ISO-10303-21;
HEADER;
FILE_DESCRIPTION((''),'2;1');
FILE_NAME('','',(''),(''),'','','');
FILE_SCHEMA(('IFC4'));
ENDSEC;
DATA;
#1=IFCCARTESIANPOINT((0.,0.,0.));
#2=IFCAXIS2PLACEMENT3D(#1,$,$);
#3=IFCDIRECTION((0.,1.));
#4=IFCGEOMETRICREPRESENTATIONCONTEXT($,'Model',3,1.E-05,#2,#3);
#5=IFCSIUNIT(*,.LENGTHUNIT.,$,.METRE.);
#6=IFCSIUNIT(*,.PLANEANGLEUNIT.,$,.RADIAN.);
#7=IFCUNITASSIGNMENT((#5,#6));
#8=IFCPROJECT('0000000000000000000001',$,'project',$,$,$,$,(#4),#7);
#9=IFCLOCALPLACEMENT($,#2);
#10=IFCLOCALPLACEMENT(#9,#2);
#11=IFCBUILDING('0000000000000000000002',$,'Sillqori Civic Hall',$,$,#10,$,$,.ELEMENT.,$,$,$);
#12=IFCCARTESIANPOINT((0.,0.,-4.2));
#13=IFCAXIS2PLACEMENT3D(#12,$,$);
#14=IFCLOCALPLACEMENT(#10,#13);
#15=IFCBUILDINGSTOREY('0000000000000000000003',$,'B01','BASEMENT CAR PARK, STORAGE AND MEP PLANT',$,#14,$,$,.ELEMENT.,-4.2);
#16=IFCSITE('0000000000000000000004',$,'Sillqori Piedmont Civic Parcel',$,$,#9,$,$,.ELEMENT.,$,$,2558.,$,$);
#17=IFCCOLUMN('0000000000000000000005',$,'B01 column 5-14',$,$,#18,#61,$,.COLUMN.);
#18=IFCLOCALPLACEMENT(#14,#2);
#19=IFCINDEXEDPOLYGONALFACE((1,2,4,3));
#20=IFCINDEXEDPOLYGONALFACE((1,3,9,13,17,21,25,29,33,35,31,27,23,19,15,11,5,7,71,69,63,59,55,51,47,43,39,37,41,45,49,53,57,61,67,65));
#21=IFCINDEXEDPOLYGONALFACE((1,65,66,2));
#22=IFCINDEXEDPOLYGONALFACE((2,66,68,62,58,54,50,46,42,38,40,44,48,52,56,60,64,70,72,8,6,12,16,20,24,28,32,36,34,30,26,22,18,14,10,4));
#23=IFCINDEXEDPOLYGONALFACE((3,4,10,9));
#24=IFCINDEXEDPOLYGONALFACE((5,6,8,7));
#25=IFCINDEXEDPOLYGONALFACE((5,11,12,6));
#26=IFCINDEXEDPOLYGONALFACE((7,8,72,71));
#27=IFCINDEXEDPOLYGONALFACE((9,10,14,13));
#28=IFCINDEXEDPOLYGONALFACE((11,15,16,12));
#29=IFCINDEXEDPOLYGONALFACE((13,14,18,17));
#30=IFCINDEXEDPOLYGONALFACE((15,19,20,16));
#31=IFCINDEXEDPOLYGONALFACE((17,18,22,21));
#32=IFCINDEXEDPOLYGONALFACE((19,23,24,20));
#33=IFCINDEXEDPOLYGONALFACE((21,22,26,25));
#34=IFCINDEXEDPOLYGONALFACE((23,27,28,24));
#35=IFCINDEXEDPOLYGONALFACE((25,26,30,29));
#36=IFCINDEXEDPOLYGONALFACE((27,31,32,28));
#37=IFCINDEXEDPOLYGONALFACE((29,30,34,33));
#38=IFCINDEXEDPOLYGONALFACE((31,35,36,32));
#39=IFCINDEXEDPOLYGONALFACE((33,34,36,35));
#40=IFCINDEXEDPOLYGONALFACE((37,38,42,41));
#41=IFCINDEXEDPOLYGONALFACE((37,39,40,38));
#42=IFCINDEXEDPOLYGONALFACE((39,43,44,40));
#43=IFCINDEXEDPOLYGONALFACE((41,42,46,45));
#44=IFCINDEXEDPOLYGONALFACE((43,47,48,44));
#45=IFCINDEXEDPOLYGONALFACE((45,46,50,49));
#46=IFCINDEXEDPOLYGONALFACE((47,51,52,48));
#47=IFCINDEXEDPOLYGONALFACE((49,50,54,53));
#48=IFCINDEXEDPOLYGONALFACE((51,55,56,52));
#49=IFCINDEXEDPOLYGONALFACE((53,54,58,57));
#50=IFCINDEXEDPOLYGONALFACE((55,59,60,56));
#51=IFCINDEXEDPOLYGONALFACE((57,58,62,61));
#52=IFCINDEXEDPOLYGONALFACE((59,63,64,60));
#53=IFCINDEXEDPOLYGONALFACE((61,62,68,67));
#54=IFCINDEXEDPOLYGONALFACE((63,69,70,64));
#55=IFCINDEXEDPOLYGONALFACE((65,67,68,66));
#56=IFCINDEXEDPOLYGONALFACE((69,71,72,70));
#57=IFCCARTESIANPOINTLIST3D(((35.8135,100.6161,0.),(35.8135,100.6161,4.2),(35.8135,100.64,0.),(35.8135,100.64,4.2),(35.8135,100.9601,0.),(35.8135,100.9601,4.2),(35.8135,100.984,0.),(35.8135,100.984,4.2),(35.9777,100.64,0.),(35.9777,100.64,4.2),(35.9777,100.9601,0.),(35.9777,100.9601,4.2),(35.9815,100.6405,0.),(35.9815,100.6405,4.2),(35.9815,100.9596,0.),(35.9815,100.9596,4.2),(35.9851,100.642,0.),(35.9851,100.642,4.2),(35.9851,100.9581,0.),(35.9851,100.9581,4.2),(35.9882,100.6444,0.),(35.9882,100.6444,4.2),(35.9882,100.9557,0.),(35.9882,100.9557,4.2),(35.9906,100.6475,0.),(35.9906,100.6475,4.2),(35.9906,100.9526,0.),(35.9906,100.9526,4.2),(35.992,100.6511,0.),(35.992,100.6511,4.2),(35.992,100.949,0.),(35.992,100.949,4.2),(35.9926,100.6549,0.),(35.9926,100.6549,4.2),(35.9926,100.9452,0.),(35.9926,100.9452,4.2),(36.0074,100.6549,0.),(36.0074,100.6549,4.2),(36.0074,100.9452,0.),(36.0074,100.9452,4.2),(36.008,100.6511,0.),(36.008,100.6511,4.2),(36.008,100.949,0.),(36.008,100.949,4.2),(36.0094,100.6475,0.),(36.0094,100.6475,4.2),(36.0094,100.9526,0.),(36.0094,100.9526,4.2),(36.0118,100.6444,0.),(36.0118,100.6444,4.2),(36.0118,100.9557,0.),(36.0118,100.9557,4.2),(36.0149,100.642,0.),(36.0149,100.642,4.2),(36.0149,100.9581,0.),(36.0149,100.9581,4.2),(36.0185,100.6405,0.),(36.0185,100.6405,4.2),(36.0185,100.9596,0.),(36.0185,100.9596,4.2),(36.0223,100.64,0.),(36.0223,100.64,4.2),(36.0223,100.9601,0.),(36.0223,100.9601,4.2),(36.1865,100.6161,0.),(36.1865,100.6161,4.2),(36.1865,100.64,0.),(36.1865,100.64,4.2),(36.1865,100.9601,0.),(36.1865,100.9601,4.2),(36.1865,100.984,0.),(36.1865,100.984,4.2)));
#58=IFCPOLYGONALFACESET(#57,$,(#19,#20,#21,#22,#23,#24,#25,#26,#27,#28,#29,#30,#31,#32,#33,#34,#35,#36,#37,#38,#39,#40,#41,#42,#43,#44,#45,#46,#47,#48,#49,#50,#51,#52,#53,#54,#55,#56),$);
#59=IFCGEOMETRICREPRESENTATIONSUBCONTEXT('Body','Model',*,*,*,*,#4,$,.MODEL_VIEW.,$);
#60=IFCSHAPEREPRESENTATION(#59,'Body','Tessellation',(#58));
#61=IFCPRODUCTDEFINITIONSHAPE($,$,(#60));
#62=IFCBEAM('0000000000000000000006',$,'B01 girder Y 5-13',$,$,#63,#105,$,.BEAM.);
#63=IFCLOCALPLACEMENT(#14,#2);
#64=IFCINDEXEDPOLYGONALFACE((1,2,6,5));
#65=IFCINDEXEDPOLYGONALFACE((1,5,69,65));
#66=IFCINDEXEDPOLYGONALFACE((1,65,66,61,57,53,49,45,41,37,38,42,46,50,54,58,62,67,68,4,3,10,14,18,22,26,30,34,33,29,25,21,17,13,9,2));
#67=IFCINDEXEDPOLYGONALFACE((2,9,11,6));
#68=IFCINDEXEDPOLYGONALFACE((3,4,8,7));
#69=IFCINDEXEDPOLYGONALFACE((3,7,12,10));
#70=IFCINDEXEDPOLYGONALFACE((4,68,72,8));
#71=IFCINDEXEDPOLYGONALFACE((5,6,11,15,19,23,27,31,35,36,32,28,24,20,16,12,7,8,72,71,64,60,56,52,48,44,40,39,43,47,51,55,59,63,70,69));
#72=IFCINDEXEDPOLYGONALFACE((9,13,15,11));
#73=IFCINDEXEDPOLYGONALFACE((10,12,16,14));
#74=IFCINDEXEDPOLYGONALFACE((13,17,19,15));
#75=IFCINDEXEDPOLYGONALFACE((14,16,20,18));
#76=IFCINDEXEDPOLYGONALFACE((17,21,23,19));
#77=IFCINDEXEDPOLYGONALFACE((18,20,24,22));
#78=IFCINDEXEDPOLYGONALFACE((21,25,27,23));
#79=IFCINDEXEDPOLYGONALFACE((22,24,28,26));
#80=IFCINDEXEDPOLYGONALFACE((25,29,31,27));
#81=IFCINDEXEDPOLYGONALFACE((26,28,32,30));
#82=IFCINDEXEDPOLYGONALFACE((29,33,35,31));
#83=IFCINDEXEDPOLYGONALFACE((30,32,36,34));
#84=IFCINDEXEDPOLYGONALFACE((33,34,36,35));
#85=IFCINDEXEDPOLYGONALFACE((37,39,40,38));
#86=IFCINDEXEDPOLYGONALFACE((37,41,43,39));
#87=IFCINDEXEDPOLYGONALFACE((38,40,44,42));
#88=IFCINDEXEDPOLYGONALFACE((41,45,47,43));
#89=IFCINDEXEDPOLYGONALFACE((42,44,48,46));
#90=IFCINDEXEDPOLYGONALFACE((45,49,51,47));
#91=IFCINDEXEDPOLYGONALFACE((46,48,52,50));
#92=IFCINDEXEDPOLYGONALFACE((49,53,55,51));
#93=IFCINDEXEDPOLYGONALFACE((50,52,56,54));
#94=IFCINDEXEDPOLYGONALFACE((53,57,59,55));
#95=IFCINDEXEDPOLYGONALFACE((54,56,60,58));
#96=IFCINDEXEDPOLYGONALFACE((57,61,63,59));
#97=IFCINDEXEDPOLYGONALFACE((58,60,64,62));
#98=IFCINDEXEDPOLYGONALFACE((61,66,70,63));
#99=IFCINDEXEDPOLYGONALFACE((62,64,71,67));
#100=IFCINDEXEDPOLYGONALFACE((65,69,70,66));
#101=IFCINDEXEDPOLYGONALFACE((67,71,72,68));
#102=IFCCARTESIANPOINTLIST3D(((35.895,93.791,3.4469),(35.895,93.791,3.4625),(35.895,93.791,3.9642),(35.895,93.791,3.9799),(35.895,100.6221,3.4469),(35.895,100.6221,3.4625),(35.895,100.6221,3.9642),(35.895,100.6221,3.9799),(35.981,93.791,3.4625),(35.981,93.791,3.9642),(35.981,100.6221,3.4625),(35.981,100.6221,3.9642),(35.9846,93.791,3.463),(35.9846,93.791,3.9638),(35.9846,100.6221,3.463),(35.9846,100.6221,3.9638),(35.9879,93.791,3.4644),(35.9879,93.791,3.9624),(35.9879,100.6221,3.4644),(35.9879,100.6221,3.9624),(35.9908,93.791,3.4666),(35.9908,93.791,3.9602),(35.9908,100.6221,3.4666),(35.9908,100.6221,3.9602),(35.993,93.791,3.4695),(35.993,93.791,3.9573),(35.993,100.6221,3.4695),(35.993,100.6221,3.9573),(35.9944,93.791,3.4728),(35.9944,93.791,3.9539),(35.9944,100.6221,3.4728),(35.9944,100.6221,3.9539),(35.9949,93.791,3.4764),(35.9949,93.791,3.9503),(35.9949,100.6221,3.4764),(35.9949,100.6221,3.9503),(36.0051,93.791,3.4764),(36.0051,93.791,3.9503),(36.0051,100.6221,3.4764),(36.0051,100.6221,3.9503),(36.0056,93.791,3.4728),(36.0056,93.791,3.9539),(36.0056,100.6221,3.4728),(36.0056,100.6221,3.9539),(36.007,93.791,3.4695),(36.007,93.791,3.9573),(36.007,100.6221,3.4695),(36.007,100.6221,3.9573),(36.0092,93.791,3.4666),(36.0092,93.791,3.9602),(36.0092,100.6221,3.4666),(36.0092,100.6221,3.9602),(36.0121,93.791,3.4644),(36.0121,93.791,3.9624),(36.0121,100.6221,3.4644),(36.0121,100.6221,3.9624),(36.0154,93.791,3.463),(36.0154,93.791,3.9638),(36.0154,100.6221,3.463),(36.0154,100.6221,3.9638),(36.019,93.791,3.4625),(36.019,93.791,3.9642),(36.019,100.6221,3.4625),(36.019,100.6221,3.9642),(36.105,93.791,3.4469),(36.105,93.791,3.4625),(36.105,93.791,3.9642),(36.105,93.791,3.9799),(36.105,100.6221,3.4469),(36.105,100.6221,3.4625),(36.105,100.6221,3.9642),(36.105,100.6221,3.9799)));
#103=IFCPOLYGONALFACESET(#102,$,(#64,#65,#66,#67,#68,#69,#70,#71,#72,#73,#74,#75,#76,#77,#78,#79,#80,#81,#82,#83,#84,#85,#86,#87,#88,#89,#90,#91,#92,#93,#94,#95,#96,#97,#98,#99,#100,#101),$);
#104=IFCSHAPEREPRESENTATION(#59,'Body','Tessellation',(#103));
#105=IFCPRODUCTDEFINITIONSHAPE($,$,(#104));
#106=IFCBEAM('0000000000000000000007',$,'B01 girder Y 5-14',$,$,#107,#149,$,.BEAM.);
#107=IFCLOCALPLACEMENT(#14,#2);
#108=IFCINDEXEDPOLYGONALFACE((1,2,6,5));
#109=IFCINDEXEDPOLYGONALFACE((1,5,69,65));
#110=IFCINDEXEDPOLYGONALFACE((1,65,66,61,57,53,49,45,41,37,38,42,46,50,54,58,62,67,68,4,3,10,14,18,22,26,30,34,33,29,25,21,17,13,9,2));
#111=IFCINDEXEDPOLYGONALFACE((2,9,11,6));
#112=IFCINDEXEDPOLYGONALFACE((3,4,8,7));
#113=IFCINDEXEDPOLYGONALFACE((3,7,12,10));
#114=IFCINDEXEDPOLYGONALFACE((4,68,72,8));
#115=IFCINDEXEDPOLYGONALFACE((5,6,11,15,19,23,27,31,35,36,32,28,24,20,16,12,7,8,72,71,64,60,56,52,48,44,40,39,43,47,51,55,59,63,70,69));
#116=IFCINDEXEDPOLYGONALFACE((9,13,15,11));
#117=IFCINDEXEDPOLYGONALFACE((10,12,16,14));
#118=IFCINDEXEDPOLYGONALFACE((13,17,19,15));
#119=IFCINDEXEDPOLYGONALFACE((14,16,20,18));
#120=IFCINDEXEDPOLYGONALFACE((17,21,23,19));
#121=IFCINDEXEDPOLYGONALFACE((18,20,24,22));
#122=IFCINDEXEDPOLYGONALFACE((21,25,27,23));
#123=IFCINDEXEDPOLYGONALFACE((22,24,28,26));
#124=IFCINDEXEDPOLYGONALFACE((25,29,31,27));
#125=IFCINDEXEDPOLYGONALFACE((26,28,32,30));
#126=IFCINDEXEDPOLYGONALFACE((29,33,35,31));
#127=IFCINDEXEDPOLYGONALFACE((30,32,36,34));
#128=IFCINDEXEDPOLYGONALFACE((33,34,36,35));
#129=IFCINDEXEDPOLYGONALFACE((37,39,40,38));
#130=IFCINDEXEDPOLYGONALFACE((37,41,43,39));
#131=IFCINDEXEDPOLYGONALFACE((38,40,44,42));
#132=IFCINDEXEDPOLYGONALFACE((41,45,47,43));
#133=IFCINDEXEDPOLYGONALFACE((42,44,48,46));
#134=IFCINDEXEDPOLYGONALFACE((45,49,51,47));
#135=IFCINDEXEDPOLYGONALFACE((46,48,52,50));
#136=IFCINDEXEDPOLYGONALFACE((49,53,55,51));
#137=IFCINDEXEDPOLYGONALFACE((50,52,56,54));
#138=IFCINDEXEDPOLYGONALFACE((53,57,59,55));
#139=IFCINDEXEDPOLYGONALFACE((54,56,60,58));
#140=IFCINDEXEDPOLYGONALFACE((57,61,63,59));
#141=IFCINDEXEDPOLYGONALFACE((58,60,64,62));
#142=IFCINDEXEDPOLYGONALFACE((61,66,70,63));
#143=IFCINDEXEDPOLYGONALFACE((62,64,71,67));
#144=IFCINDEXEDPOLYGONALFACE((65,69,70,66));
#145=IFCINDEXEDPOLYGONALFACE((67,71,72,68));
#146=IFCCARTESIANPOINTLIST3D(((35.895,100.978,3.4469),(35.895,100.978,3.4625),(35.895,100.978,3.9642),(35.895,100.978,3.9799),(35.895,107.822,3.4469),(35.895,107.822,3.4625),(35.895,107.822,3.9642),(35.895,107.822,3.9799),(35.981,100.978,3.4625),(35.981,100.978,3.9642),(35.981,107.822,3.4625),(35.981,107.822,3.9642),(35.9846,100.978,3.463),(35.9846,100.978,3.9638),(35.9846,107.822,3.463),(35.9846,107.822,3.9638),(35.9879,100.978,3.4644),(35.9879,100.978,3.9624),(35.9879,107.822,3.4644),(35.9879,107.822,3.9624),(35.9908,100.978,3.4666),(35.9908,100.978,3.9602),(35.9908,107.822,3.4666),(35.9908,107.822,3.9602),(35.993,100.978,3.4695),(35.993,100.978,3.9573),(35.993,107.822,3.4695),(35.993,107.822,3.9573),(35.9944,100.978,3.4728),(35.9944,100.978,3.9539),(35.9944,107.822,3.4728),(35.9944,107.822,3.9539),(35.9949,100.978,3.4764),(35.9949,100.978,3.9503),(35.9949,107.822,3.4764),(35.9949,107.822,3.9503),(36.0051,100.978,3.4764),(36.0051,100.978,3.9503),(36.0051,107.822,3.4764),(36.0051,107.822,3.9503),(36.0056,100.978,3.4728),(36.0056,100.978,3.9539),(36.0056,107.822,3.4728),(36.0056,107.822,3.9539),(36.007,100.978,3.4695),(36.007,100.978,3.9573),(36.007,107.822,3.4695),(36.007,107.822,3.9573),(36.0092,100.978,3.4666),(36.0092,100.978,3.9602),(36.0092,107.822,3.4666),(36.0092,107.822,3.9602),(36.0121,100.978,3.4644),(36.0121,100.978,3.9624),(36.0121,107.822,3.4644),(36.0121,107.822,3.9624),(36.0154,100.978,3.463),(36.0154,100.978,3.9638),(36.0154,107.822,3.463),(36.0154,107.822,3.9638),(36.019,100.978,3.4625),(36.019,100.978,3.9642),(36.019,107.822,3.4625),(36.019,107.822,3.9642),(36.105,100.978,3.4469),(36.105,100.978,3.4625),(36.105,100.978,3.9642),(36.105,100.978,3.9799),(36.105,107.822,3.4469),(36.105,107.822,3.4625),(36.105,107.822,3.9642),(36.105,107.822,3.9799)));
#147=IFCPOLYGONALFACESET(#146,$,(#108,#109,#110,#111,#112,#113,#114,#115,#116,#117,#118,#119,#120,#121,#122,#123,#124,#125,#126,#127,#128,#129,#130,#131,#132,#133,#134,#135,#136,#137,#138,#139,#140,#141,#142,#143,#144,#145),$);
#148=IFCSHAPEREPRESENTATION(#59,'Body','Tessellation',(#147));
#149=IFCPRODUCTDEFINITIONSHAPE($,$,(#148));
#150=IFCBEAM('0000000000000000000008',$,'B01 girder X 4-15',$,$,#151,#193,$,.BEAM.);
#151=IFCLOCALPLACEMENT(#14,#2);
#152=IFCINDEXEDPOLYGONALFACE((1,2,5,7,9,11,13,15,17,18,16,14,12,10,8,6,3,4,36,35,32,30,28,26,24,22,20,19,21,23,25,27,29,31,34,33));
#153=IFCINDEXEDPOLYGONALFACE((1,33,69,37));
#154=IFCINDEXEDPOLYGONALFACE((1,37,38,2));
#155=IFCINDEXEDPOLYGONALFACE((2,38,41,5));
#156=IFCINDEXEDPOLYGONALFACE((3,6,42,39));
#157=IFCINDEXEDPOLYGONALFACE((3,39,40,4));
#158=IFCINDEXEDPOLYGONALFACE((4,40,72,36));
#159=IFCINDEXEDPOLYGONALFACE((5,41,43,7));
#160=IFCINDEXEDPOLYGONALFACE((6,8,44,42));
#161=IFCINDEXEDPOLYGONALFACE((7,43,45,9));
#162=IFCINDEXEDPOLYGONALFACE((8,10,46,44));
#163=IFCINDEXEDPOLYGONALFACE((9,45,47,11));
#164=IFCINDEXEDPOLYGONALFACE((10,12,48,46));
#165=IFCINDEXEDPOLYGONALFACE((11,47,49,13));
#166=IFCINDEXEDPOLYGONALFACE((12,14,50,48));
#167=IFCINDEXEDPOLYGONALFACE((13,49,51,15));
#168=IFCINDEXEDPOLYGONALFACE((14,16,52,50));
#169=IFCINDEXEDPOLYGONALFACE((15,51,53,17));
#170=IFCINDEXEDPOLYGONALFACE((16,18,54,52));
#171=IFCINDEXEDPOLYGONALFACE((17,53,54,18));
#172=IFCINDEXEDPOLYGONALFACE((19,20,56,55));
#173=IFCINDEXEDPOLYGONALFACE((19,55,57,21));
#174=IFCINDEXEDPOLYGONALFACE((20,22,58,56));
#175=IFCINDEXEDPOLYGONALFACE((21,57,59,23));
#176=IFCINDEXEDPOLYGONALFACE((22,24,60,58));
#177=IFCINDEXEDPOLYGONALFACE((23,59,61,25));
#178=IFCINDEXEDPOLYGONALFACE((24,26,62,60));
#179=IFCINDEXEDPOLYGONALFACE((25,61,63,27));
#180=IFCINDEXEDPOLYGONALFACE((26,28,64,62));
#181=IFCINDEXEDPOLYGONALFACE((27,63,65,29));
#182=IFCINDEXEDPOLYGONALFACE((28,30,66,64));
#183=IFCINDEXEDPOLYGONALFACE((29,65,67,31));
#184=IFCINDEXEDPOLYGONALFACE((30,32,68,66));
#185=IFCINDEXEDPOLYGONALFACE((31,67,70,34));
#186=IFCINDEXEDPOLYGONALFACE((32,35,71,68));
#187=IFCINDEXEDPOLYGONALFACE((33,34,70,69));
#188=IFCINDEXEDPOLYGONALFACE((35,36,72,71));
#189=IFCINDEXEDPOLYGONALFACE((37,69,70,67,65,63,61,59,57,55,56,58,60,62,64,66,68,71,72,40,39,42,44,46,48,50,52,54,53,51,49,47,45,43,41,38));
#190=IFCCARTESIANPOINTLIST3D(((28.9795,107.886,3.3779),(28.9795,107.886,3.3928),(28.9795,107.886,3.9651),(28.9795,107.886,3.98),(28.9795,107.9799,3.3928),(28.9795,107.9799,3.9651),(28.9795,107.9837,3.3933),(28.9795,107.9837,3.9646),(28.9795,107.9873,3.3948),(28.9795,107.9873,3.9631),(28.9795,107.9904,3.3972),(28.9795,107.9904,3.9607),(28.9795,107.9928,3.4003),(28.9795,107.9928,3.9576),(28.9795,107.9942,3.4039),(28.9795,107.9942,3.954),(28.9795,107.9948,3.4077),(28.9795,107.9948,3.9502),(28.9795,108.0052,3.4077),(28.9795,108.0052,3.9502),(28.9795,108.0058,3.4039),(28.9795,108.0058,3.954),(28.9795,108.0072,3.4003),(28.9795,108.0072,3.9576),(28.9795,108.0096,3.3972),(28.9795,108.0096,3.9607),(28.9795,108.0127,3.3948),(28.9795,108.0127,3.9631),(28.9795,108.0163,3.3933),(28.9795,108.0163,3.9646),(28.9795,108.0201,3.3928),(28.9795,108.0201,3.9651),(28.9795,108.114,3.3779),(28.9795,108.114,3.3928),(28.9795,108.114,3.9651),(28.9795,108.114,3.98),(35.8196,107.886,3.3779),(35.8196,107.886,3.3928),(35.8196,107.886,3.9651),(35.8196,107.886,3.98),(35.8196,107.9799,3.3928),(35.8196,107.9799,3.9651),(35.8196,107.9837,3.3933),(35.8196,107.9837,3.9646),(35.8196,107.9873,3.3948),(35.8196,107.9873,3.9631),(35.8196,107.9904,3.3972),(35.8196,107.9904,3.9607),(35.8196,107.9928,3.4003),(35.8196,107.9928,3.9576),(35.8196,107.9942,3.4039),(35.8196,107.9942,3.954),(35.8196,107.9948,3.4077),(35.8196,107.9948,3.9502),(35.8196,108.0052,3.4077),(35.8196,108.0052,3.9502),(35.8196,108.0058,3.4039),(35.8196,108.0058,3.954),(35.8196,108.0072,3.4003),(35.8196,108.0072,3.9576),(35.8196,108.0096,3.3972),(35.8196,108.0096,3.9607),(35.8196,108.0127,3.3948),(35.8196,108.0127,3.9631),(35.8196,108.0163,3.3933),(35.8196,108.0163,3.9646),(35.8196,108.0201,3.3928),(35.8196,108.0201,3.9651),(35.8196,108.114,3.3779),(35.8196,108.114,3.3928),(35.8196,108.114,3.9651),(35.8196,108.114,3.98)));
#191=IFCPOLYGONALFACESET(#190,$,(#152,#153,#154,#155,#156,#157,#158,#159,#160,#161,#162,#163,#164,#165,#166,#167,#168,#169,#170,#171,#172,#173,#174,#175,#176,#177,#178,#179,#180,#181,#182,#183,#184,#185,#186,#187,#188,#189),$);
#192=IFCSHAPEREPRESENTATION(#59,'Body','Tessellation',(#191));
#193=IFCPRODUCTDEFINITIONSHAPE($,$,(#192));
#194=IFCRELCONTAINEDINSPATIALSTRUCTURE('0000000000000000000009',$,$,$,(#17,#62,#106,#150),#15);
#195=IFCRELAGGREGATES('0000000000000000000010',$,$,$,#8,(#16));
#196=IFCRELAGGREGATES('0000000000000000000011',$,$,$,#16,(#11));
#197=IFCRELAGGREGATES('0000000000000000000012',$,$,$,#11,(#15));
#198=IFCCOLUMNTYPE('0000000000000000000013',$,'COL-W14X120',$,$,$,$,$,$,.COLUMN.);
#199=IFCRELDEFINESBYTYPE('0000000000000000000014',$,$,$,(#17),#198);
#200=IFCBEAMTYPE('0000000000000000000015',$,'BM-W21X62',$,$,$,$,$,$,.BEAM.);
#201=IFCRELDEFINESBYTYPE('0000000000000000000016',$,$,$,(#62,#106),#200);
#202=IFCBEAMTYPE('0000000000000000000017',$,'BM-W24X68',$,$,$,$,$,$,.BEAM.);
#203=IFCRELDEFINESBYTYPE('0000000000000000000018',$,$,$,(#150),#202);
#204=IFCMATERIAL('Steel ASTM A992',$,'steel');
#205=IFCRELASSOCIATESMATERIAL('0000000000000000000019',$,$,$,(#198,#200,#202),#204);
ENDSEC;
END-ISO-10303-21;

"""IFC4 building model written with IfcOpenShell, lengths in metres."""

from ifc_helpers import new_model, si_unit, direction, frame, origin, origin_2d, place, context, subcontext, project, spatial, i_section, extrude, material, material_profile, profile_set, type_object, element, save


model = new_model("IFC4")

# Units and contexts
model_context = context("Model", 3, precision=1e-05, world=origin(), true_north=direction((0.0, 1.0)))
body_context = subcontext(model_context, "Body", "Model", "MODEL_VIEW")
ifc_project = project(units=[si_unit("LENGTHUNIT", "METRE"), si_unit("PLANEANGLEUNIT", "RADIAN")], contexts=[model_context])

# Site, building, storey
site_placement = place(None, origin())
site = spatial("IfcSite", under=ifc_project, at=site_placement, Name="Sillqori Piedmont Civic Parcel", CompositionType="ELEMENT", RefElevation=2558.0)
building_placement = place(site_placement, origin())
building = spatial("IfcBuilding", under=site, at=building_placement, Name="Sillqori Civic Hall", CompositionType="ELEMENT")
storey_placement = place(building_placement, frame((0.0, 0.0, -4.2)))
storey = spatial("IfcBuildingStorey", under=building, at=storey_placement, Name="B01", Description="BASEMENT CAR PARK, STORAGE AND MEP PLANT", CompositionType="ELEMENT", Elevation=-4.2)

# Column
ifc_material_1 = material(Name="Steel ASTM A992", Category="steel")
ifc_material_profile_1 = material_profile(ifc_material_1, i_section(OverallWidth=0.373, OverallDepth=0.3679, WebThickness=0.0149, FlangeThickness=0.0239, FilletRadius=0.0149, at=origin_2d()), Name="W14X120")
ifc_profile_set_1 = profile_set([ifc_material_profile_1], Name="Steel ASTM A992")
column_type = type_object("IfcColumnType", Name="COL-W14X120", PredefinedType="COLUMN", material=ifc_profile_set_1)
column_placement = place(storey_placement, frame((36.0, 100.8, 0.0), z_axis=(0.0, 0.0, 1.0), x_axis=(1.0, 0.0, 0.0)))
element("IfcColumn", 1, at=column_placement, inside=storey, type_object=column_type, Name="B01 column 5-14", PredefinedType="COLUMN", context=body_context, shape_type="SweptSolid", body=[
    extrude(i_section(OverallWidth=0.373, OverallDepth=0.3679, WebThickness=0.0149, FlangeThickness=0.0239, FilletRadius=0.0149, at=origin_2d()), origin(), (0.0, 0.0, 1.0), 4.2),
])

# Beams
ifc_material_profile_2 = material_profile(ifc_material_1, i_section(OverallWidth=0.21, OverallDepth=0.533, WebThickness=0.0103, FlangeThickness=0.0156, FilletRadius=0.0139, at=origin_2d()), Name="W21X62")
ifc_profile_set_2 = profile_set([ifc_material_profile_2], Name="Steel ASTM A992")
beam_type_1 = type_object("IfcBeamType", Name="BM-W21X62", PredefinedType="BEAM", material=ifc_profile_set_2)
beam_1_placement = place(storey_placement, frame((36.0, 93.791, 3.7134), z_axis=(0.0, 1.0, 0.0), x_axis=(-1.0, 0.0, 0.0)))
element("IfcBeam", 2, at=beam_1_placement, inside=storey, type_object=beam_type_1, Name="B01 girder Y 5-13", PredefinedType="BEAM", context=body_context, shape_type="SweptSolid", body=[
    extrude(i_section(OverallWidth=0.21, OverallDepth=0.533, WebThickness=0.0103, FlangeThickness=0.0156, FilletRadius=0.0139, at=origin_2d()), origin(), (0.0, 0.0, 1.0), 6.8311),
])
beam_2_placement = place(storey_placement, frame((36.0, 100.978, 3.7134), z_axis=(0.0, 1.0, 0.0), x_axis=(-1.0, 0.0, 0.0)))
element("IfcBeam", 3, at=beam_2_placement, inside=storey, type_object=beam_type_1, Name="B01 girder Y 5-14", PredefinedType="BEAM", context=body_context, shape_type="SweptSolid", body=[
    extrude(i_section(OverallWidth=0.21, OverallDepth=0.533, WebThickness=0.0103, FlangeThickness=0.0156, FilletRadius=0.0139, at=origin_2d()), origin(), (0.0, 0.0, 1.0), 6.844),
])
ifc_material_profile_3 = material_profile(ifc_material_1, i_section(OverallWidth=0.228, OverallDepth=0.6021, WebThickness=0.0105, FlangeThickness=0.0149, FilletRadius=0.0149, at=origin_2d()), Name="W24X68")
ifc_profile_set_3 = profile_set([ifc_material_profile_3], Name="Steel ASTM A992")
beam_type_2 = type_object("IfcBeamType", Name="BM-W24X68", PredefinedType="BEAM", material=ifc_profile_set_3)
beam_3_placement = place(storey_placement, frame((28.9795, 108.0, 3.679), z_axis=(1.0, 0.0, 0.0), x_axis=(0.0, 1.0, 0.0)))
element("IfcBeam", 4, at=beam_3_placement, inside=storey, type_object=beam_type_2, Name="B01 girder X 4-15", PredefinedType="BEAM", context=body_context, shape_type="SweptSolid", body=[
    extrude(i_section(OverallWidth=0.228, OverallDepth=0.6021, WebThickness=0.0105, FlangeThickness=0.0149, FilletRadius=0.0149, at=origin_2d()), origin(), (0.0, 0.0, 1.0), 6.8401),
])

save(model, "model.ifc")
